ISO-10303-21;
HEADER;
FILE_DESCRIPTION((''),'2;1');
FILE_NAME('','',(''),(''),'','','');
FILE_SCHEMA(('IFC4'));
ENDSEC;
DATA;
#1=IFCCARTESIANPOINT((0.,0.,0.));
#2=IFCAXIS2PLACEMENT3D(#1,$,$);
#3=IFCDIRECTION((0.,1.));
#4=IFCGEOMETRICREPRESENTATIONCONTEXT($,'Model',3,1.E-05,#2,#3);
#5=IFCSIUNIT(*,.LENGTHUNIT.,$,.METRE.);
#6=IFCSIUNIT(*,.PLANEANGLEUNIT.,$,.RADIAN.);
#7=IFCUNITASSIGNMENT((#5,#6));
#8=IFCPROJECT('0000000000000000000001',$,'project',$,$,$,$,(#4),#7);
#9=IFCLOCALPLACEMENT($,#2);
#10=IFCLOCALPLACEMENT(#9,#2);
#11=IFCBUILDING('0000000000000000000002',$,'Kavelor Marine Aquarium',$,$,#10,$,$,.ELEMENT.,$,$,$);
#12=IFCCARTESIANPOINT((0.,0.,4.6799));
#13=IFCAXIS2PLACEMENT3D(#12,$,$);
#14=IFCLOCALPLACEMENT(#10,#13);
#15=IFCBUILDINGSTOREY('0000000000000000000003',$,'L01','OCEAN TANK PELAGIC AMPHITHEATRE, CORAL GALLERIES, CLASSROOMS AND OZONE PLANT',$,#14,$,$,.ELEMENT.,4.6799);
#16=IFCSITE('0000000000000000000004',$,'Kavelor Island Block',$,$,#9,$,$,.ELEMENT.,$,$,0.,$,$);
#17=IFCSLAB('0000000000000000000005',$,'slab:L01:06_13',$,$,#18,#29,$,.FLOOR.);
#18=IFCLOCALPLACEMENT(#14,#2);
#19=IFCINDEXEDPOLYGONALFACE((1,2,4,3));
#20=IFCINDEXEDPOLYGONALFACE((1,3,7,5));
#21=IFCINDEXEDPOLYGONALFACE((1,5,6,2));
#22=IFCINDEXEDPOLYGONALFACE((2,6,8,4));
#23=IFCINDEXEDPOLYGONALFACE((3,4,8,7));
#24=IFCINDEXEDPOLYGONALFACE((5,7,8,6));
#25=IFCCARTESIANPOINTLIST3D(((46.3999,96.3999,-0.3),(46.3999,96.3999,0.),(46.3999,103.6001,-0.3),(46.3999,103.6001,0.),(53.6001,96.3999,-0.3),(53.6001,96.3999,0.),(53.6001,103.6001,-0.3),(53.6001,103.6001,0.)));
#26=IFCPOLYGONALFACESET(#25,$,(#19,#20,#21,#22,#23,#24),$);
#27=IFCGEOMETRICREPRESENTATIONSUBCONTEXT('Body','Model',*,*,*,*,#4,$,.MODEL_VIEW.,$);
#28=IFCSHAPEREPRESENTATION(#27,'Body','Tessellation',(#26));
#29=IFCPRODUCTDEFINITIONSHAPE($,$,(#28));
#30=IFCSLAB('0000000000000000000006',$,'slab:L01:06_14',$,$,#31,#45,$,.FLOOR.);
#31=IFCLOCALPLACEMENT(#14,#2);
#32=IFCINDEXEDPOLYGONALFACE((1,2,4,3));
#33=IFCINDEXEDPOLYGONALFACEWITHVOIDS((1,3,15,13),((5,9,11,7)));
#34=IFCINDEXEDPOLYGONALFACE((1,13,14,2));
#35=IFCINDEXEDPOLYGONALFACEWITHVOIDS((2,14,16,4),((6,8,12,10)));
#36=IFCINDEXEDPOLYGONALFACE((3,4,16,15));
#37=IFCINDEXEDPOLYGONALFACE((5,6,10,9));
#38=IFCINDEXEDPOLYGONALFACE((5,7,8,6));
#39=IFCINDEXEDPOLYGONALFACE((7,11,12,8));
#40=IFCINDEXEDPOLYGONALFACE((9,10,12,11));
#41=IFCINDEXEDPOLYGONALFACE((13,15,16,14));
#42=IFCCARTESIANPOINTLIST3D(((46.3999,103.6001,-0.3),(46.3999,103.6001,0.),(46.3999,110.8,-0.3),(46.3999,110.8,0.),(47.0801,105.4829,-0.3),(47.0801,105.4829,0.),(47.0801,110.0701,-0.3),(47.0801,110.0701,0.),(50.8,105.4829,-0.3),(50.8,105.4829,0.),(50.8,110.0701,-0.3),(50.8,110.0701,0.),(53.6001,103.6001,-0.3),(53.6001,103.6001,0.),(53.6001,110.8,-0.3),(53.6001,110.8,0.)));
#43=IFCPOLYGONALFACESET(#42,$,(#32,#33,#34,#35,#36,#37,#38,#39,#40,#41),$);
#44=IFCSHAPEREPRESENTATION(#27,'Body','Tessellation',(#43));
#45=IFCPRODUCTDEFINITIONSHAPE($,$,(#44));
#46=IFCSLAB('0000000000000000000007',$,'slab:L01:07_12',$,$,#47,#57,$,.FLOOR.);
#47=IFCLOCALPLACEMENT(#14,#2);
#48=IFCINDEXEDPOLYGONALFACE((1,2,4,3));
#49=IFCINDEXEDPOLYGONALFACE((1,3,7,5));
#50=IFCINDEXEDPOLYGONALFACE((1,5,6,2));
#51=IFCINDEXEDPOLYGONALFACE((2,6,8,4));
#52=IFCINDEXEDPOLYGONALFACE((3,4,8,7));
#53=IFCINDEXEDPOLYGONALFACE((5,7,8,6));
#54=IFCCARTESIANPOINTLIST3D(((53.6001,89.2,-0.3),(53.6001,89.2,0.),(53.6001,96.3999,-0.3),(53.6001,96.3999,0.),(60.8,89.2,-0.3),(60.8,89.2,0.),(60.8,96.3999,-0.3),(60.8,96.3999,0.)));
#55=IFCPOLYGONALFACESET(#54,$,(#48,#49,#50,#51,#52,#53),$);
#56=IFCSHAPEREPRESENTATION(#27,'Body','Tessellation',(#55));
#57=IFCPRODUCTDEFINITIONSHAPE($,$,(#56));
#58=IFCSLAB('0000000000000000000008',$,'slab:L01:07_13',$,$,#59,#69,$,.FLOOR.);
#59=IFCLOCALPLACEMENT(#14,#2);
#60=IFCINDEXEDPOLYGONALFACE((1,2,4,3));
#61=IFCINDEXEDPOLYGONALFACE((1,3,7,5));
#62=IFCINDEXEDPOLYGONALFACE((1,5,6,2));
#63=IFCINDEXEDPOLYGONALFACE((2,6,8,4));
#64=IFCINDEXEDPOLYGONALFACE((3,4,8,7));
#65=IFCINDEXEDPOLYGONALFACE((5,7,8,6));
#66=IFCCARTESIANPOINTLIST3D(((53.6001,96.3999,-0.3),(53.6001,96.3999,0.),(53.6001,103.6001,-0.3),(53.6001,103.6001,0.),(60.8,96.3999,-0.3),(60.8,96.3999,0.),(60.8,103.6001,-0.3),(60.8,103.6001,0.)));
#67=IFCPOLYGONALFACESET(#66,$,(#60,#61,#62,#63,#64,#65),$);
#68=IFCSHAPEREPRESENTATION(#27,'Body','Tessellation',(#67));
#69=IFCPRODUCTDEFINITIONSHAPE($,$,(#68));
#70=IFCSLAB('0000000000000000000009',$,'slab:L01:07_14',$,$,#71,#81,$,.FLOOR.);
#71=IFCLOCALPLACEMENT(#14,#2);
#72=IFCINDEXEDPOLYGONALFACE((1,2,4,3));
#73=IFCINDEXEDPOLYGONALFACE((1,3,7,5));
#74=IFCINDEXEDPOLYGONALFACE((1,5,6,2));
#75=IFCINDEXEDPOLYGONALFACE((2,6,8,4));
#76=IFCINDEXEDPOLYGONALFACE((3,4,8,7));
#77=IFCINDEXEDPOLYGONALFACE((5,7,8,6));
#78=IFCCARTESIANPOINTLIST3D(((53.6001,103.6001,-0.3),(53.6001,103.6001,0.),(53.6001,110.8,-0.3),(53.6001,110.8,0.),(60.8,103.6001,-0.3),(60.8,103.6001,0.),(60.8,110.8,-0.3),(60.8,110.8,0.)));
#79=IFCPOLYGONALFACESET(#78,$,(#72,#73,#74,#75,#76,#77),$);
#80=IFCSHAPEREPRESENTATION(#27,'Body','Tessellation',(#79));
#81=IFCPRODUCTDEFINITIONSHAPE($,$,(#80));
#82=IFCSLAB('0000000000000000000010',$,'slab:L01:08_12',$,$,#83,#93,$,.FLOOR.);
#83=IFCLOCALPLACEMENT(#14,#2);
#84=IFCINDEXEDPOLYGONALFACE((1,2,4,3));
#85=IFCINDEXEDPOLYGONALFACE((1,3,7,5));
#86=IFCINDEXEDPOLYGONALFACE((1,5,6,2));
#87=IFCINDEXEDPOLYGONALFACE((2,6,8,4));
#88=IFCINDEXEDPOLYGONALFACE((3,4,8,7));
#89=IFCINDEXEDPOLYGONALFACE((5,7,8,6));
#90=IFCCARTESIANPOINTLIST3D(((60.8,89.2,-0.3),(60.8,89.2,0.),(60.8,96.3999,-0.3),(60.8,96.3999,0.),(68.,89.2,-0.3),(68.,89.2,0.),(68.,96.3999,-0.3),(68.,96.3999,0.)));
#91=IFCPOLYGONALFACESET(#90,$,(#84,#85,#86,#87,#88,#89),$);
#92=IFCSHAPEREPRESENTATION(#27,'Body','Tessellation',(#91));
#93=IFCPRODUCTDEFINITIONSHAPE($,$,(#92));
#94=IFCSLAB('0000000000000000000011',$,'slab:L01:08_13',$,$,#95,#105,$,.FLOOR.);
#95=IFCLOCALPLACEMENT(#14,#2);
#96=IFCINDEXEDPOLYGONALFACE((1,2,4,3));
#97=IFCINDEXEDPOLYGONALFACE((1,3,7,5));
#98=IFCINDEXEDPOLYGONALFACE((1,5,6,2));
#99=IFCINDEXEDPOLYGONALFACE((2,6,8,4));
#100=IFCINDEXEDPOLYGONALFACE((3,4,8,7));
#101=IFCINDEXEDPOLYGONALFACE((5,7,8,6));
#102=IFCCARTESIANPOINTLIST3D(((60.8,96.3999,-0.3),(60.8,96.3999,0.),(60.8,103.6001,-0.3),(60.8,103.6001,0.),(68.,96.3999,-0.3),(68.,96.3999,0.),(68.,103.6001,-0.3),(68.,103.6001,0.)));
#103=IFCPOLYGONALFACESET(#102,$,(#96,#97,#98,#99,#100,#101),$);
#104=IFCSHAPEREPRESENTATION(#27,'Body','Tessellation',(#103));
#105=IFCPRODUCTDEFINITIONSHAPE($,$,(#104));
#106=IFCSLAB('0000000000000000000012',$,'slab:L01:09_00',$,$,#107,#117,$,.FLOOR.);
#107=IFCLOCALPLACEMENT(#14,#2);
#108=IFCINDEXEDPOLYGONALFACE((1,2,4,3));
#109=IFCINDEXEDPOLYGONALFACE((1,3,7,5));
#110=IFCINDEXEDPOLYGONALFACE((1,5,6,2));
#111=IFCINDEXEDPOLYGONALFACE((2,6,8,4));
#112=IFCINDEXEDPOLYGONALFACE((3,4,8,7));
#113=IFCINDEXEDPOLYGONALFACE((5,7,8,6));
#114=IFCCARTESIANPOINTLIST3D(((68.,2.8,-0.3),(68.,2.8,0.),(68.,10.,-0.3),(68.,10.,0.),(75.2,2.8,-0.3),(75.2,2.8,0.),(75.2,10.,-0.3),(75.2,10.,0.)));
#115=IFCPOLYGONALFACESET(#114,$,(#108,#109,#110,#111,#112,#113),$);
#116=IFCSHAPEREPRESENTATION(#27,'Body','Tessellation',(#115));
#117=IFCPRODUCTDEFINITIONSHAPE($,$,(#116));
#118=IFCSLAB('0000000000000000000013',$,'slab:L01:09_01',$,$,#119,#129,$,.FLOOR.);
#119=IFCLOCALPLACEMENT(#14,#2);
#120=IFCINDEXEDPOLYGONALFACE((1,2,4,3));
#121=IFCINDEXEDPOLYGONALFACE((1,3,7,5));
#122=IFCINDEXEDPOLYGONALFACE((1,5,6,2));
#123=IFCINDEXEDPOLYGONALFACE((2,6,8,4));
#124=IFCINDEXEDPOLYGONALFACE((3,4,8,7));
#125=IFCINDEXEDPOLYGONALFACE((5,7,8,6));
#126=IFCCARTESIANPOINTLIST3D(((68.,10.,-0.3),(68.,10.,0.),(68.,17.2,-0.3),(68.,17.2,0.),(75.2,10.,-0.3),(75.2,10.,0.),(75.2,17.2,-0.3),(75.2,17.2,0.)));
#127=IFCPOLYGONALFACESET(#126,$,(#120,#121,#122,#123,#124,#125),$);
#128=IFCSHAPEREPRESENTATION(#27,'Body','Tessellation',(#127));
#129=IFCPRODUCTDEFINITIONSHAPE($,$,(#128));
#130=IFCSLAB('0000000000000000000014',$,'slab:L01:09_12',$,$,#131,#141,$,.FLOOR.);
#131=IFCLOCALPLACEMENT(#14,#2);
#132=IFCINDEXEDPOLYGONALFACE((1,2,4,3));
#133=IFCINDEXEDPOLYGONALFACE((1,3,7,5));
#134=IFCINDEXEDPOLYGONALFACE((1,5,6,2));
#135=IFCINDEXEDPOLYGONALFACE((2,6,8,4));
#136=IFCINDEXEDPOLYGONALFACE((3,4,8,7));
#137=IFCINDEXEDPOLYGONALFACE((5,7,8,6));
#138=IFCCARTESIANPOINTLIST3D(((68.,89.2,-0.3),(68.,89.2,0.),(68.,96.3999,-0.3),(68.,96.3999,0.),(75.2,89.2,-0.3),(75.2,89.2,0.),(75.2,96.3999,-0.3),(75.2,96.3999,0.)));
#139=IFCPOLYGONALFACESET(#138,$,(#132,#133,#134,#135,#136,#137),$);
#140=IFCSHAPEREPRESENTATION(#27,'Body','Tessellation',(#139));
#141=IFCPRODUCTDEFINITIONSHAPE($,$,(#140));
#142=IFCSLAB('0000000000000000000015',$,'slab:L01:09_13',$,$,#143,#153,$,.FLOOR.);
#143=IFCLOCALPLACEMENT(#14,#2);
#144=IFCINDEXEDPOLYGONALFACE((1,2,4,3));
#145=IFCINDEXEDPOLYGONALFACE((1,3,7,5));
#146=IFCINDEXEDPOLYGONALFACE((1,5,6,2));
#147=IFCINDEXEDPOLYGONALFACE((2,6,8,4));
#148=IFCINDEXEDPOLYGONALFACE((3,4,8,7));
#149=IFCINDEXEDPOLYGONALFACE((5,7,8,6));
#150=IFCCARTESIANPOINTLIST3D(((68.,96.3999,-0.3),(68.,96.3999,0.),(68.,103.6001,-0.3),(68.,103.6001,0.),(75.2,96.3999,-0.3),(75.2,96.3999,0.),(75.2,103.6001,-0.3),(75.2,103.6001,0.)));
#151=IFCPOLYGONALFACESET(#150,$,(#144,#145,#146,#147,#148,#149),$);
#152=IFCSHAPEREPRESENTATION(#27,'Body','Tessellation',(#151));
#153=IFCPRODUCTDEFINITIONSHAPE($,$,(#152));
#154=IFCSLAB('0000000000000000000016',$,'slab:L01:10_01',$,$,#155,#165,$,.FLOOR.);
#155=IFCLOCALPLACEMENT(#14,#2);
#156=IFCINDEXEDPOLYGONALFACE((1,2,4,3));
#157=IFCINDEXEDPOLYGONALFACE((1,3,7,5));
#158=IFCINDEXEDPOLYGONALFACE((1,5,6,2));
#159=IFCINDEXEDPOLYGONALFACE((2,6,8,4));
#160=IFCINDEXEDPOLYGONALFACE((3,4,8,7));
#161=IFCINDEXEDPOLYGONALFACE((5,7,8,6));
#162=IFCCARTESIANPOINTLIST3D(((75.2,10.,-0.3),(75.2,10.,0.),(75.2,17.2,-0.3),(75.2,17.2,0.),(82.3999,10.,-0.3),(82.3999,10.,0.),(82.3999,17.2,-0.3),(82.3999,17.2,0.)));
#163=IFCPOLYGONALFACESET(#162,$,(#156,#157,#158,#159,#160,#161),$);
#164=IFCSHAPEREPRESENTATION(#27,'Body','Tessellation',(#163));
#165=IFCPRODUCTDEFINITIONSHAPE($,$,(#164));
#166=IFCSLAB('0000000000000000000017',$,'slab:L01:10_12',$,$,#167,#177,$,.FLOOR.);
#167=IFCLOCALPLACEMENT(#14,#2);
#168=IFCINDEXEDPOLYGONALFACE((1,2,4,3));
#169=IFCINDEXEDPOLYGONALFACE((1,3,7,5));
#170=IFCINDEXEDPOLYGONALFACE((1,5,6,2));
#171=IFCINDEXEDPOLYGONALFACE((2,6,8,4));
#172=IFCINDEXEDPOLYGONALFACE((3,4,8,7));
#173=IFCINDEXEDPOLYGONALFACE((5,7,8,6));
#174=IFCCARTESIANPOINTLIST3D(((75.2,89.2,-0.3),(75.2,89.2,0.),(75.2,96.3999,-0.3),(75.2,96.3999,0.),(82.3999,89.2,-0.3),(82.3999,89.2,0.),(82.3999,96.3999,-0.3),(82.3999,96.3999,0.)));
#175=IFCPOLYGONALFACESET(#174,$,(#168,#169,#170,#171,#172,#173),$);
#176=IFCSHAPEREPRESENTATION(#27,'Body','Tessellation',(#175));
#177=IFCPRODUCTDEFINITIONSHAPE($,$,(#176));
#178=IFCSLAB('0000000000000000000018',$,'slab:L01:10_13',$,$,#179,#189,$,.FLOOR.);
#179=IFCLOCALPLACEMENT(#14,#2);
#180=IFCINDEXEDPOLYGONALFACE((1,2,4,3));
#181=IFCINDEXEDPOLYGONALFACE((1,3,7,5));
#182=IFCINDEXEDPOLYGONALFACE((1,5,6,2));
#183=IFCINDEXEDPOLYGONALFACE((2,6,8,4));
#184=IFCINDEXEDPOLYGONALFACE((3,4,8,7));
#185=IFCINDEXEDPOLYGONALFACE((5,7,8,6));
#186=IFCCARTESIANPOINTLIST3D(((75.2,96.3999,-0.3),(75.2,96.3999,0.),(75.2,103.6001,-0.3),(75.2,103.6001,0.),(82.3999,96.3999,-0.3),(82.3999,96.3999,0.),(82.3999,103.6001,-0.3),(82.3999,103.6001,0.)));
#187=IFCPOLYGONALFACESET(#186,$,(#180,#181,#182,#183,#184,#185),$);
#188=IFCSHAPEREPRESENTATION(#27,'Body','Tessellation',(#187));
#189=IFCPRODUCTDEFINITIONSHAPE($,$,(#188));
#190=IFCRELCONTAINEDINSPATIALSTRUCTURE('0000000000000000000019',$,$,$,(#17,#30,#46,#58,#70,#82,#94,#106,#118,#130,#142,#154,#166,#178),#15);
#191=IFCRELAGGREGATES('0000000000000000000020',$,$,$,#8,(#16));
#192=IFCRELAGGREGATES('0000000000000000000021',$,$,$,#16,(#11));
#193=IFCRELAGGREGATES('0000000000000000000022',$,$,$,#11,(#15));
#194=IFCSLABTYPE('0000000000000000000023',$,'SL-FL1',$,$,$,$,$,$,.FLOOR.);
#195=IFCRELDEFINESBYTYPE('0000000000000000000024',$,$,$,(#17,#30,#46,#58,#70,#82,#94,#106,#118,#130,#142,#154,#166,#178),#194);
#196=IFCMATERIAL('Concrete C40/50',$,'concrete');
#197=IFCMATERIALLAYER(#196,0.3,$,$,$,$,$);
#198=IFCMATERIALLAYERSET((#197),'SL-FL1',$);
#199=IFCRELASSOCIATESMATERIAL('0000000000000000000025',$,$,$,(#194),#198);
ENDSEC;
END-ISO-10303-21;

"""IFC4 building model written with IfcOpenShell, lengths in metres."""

from ifc_helpers import new_model, si_unit, direction, frame, origin, place, context, subcontext, project, spatial, polyline, outline, extrude, material, layer, layer_set, type_object, element, save


model = new_model("IFC4")

# Units and contexts
model_context = context("Model", 3, precision=1e-05, world=origin(), true_north=direction((0.0, 1.0)))
body_context = subcontext(model_context, "Body", "Model", "MODEL_VIEW")
ifc_project = project(units=[si_unit("LENGTHUNIT", "METRE"), si_unit("PLANEANGLEUNIT", "RADIAN")], contexts=[model_context])

# Site, building, storey
site_placement = place(None, origin())
site = spatial("IfcSite", under=ifc_project, at=site_placement, Name="Kavelor Island Block", CompositionType="ELEMENT", RefElevation=0.0)
building_placement = place(site_placement, origin())
building = spatial("IfcBuilding", under=site, at=building_placement, Name="Kavelor Marine Aquarium", CompositionType="ELEMENT")
storey_placement = place(building_placement, frame((0.0, 0.0, 4.6799)))
storey = spatial("IfcBuildingStorey", under=building, at=storey_placement, Name="L01", Description="OCEAN TANK PELAGIC AMPHITHEATRE, CORAL GALLERIES, CLASSROOMS AND OZONE PLANT", CompositionType="ELEMENT", Elevation=4.6799)

# Slabs
ifc_material = material(Name="Concrete C40/50", Category="concrete")
ifc_layer = layer(ifc_material, 0.3)
ifc_layer_set = layer_set([ifc_layer], Name="SL-FL1")
slab_type = type_object("IfcSlabType", Name="SL-FL1", PredefinedType="FLOOR", material=ifc_layer_set)
slab_1_placement = place(storey_placement, frame((0.0, 0.0, -0.3)))
element("IfcSlab", 1, at=slab_1_placement, inside=storey, type_object=slab_type, Name="slab:L01:06_13", PredefinedType="FLOOR", context=body_context, shape_type="SweptSolid", body=[
    extrude(outline(polyline([(46.3999, 96.3999), (53.6001, 96.3999), (53.6001, 103.6001), (46.3999, 103.6001), (46.3999, 96.3999)])), origin(), (0.0, 0.0, 1.0), 0.3),
])
slab_2_placement = place(storey_placement, frame((0.0, 0.0, -0.3)))
element("IfcSlab", 2, at=slab_2_placement, inside=storey, type_object=slab_type, Name="slab:L01:06_14", PredefinedType="FLOOR", context=body_context, shape_type="SweptSolid", body=[
    extrude(outline(polyline([(46.3999, 103.6001), (53.6001, 103.6001), (53.6001, 110.8), (46.3999, 110.8), (46.3999, 103.6001)]), holes=[polyline([(47.0801, 105.4829), (50.8, 105.4829), (50.8, 110.0701), (47.0801, 110.0701), (47.0801, 105.4829)])]), origin(), (0.0, 0.0, 1.0), 0.3),
])
slab_3_placement = place(storey_placement, frame((0.0, 0.0, -0.3)))
element("IfcSlab", 3, at=slab_3_placement, inside=storey, type_object=slab_type, Name="slab:L01:07_12", PredefinedType="FLOOR", context=body_context, shape_type="SweptSolid", body=[
    extrude(outline(polyline([(53.6001, 89.2), (60.8, 89.2), (60.8, 96.3999), (53.6001, 96.3999), (53.6001, 89.2)])), origin(), (0.0, 0.0, 1.0), 0.3),
])
slab_4_placement = place(storey_placement, frame((0.0, 0.0, -0.3)))
element("IfcSlab", 4, at=slab_4_placement, inside=storey, type_object=slab_type, Name="slab:L01:07_13", PredefinedType="FLOOR", context=body_context, shape_type="SweptSolid", body=[
    extrude(outline(polyline([(53.6001, 96.3999), (60.8, 96.3999), (60.8, 103.6001), (53.6001, 103.6001), (53.6001, 96.3999)])), origin(), (0.0, 0.0, 1.0), 0.3),
])
slab_5_placement = place(storey_placement, frame((0.0, 0.0, -0.3)))
element("IfcSlab", 5, at=slab_5_placement, inside=storey, type_object=slab_type, Name="slab:L01:07_14", PredefinedType="FLOOR", context=body_context, shape_type="SweptSolid", body=[
    extrude(outline(polyline([(53.6001, 103.6001), (60.8, 103.6001), (60.8, 110.8), (53.6001, 110.8), (53.6001, 103.6001)])), origin(), (0.0, 0.0, 1.0), 0.3),
])
slab_6_placement = place(storey_placement, frame((0.0, 0.0, -0.3)))
element("IfcSlab", 6, at=slab_6_placement, inside=storey, type_object=slab_type, Name="slab:L01:08_12", PredefinedType="FLOOR", context=body_context, shape_type="SweptSolid", body=[
    extrude(outline(polyline([(60.8, 89.2), (68.0, 89.2), (68.0, 96.3999), (60.8, 96.3999), (60.8, 89.2)])), origin(), (0.0, 0.0, 1.0), 0.3),
])
slab_7_placement = place(storey_placement, frame((0.0, 0.0, -0.3)))
element("IfcSlab", 7, at=slab_7_placement, inside=storey, type_object=slab_type, Name="slab:L01:08_13", PredefinedType="FLOOR", context=body_context, shape_type="SweptSolid", body=[
    extrude(outline(polyline([(60.8, 96.3999), (68.0, 96.3999), (68.0, 103.6001), (60.8, 103.6001), (60.8, 96.3999)])), origin(), (0.0, 0.0, 1.0), 0.3),
])
slab_8_placement = place(storey_placement, frame((0.0, 0.0, -0.3)))
element("IfcSlab", 8, at=slab_8_placement, inside=storey, type_object=slab_type, Name="slab:L01:09_00", PredefinedType="FLOOR", context=body_context, shape_type="SweptSolid", body=[
    extrude(outline(polyline([(68.0, 2.8), (75.2, 2.8), (75.2, 10.0), (68.0, 10.0), (68.0, 2.8)])), origin(), (0.0, 0.0, 1.0), 0.3),
])
slab_9_placement = place(storey_placement, frame((0.0, 0.0, -0.3)))
element("IfcSlab", 9, at=slab_9_placement, inside=storey, type_object=slab_type, Name="slab:L01:09_01", PredefinedType="FLOOR", context=body_context, shape_type="SweptSolid", body=[
    extrude(outline(polyline([(68.0, 10.0), (75.2, 10.0), (75.2, 17.2), (68.0, 17.2), (68.0, 10.0)])), origin(), (0.0, 0.0, 1.0), 0.3),
])
slab_10_placement = place(storey_placement, frame((0.0, 0.0, -0.3)))
element("IfcSlab", 10, at=slab_10_placement, inside=storey, type_object=slab_type, Name="slab:L01:09_12", PredefinedType="FLOOR", context=body_context, shape_type="SweptSolid", body=[
    extrude(outline(polyline([(68.0, 89.2), (75.2, 89.2), (75.2, 96.3999), (68.0, 96.3999), (68.0, 89.2)])), origin(), (0.0, 0.0, 1.0), 0.3),
])
slab_11_placement = place(storey_placement, frame((0.0, 0.0, -0.3)))
element("IfcSlab", 11, at=slab_11_placement, inside=storey, type_object=slab_type, Name="slab:L01:09_13", PredefinedType="FLOOR", context=body_context, shape_type="SweptSolid", body=[
    extrude(outline(polyline([(68.0, 96.3999), (75.2, 96.3999), (75.2, 103.6001), (68.0, 103.6001), (68.0, 96.3999)])), origin(), (0.0, 0.0, 1.0), 0.3),
])
slab_12_placement = place(storey_placement, frame((0.0, 0.0, -0.3)))
element("IfcSlab", 12, at=slab_12_placement, inside=storey, type_object=slab_type, Name="slab:L01:10_01", PredefinedType="FLOOR", context=body_context, shape_type="SweptSolid", body=[
    extrude(outline(polyline([(75.2, 10.0), (82.3999, 10.0), (82.3999, 17.2), (75.2, 17.2), (75.2, 10.0)])), origin(), (0.0, 0.0, 1.0), 0.3),
])
slab_13_placement = place(storey_placement, frame((0.0, 0.0, -0.3)))
element("IfcSlab", 13, at=slab_13_placement, inside=storey, type_object=slab_type, Name="slab:L01:10_12", PredefinedType="FLOOR", context=body_context, shape_type="SweptSolid", body=[
    extrude(outline(polyline([(75.2, 89.2), (82.3999, 89.2), (82.3999, 96.3999), (75.2, 96.3999), (75.2, 89.2)])), origin(), (0.0, 0.0, 1.0), 0.3),
])
slab_14_placement = place(storey_placement, frame((0.0, 0.0, -0.3)))
element("IfcSlab", 14, at=slab_14_placement, inside=storey, type_object=slab_type, Name="slab:L01:10_13", PredefinedType="FLOOR", context=body_context, shape_type="SweptSolid", body=[
    extrude(outline(polyline([(75.2, 96.3999), (82.3999, 96.3999), (82.3999, 103.6001), (75.2, 103.6001), (75.2, 96.3999)])), origin(), (0.0, 0.0, 1.0), 0.3),
])

save(model, "model.ifc")
